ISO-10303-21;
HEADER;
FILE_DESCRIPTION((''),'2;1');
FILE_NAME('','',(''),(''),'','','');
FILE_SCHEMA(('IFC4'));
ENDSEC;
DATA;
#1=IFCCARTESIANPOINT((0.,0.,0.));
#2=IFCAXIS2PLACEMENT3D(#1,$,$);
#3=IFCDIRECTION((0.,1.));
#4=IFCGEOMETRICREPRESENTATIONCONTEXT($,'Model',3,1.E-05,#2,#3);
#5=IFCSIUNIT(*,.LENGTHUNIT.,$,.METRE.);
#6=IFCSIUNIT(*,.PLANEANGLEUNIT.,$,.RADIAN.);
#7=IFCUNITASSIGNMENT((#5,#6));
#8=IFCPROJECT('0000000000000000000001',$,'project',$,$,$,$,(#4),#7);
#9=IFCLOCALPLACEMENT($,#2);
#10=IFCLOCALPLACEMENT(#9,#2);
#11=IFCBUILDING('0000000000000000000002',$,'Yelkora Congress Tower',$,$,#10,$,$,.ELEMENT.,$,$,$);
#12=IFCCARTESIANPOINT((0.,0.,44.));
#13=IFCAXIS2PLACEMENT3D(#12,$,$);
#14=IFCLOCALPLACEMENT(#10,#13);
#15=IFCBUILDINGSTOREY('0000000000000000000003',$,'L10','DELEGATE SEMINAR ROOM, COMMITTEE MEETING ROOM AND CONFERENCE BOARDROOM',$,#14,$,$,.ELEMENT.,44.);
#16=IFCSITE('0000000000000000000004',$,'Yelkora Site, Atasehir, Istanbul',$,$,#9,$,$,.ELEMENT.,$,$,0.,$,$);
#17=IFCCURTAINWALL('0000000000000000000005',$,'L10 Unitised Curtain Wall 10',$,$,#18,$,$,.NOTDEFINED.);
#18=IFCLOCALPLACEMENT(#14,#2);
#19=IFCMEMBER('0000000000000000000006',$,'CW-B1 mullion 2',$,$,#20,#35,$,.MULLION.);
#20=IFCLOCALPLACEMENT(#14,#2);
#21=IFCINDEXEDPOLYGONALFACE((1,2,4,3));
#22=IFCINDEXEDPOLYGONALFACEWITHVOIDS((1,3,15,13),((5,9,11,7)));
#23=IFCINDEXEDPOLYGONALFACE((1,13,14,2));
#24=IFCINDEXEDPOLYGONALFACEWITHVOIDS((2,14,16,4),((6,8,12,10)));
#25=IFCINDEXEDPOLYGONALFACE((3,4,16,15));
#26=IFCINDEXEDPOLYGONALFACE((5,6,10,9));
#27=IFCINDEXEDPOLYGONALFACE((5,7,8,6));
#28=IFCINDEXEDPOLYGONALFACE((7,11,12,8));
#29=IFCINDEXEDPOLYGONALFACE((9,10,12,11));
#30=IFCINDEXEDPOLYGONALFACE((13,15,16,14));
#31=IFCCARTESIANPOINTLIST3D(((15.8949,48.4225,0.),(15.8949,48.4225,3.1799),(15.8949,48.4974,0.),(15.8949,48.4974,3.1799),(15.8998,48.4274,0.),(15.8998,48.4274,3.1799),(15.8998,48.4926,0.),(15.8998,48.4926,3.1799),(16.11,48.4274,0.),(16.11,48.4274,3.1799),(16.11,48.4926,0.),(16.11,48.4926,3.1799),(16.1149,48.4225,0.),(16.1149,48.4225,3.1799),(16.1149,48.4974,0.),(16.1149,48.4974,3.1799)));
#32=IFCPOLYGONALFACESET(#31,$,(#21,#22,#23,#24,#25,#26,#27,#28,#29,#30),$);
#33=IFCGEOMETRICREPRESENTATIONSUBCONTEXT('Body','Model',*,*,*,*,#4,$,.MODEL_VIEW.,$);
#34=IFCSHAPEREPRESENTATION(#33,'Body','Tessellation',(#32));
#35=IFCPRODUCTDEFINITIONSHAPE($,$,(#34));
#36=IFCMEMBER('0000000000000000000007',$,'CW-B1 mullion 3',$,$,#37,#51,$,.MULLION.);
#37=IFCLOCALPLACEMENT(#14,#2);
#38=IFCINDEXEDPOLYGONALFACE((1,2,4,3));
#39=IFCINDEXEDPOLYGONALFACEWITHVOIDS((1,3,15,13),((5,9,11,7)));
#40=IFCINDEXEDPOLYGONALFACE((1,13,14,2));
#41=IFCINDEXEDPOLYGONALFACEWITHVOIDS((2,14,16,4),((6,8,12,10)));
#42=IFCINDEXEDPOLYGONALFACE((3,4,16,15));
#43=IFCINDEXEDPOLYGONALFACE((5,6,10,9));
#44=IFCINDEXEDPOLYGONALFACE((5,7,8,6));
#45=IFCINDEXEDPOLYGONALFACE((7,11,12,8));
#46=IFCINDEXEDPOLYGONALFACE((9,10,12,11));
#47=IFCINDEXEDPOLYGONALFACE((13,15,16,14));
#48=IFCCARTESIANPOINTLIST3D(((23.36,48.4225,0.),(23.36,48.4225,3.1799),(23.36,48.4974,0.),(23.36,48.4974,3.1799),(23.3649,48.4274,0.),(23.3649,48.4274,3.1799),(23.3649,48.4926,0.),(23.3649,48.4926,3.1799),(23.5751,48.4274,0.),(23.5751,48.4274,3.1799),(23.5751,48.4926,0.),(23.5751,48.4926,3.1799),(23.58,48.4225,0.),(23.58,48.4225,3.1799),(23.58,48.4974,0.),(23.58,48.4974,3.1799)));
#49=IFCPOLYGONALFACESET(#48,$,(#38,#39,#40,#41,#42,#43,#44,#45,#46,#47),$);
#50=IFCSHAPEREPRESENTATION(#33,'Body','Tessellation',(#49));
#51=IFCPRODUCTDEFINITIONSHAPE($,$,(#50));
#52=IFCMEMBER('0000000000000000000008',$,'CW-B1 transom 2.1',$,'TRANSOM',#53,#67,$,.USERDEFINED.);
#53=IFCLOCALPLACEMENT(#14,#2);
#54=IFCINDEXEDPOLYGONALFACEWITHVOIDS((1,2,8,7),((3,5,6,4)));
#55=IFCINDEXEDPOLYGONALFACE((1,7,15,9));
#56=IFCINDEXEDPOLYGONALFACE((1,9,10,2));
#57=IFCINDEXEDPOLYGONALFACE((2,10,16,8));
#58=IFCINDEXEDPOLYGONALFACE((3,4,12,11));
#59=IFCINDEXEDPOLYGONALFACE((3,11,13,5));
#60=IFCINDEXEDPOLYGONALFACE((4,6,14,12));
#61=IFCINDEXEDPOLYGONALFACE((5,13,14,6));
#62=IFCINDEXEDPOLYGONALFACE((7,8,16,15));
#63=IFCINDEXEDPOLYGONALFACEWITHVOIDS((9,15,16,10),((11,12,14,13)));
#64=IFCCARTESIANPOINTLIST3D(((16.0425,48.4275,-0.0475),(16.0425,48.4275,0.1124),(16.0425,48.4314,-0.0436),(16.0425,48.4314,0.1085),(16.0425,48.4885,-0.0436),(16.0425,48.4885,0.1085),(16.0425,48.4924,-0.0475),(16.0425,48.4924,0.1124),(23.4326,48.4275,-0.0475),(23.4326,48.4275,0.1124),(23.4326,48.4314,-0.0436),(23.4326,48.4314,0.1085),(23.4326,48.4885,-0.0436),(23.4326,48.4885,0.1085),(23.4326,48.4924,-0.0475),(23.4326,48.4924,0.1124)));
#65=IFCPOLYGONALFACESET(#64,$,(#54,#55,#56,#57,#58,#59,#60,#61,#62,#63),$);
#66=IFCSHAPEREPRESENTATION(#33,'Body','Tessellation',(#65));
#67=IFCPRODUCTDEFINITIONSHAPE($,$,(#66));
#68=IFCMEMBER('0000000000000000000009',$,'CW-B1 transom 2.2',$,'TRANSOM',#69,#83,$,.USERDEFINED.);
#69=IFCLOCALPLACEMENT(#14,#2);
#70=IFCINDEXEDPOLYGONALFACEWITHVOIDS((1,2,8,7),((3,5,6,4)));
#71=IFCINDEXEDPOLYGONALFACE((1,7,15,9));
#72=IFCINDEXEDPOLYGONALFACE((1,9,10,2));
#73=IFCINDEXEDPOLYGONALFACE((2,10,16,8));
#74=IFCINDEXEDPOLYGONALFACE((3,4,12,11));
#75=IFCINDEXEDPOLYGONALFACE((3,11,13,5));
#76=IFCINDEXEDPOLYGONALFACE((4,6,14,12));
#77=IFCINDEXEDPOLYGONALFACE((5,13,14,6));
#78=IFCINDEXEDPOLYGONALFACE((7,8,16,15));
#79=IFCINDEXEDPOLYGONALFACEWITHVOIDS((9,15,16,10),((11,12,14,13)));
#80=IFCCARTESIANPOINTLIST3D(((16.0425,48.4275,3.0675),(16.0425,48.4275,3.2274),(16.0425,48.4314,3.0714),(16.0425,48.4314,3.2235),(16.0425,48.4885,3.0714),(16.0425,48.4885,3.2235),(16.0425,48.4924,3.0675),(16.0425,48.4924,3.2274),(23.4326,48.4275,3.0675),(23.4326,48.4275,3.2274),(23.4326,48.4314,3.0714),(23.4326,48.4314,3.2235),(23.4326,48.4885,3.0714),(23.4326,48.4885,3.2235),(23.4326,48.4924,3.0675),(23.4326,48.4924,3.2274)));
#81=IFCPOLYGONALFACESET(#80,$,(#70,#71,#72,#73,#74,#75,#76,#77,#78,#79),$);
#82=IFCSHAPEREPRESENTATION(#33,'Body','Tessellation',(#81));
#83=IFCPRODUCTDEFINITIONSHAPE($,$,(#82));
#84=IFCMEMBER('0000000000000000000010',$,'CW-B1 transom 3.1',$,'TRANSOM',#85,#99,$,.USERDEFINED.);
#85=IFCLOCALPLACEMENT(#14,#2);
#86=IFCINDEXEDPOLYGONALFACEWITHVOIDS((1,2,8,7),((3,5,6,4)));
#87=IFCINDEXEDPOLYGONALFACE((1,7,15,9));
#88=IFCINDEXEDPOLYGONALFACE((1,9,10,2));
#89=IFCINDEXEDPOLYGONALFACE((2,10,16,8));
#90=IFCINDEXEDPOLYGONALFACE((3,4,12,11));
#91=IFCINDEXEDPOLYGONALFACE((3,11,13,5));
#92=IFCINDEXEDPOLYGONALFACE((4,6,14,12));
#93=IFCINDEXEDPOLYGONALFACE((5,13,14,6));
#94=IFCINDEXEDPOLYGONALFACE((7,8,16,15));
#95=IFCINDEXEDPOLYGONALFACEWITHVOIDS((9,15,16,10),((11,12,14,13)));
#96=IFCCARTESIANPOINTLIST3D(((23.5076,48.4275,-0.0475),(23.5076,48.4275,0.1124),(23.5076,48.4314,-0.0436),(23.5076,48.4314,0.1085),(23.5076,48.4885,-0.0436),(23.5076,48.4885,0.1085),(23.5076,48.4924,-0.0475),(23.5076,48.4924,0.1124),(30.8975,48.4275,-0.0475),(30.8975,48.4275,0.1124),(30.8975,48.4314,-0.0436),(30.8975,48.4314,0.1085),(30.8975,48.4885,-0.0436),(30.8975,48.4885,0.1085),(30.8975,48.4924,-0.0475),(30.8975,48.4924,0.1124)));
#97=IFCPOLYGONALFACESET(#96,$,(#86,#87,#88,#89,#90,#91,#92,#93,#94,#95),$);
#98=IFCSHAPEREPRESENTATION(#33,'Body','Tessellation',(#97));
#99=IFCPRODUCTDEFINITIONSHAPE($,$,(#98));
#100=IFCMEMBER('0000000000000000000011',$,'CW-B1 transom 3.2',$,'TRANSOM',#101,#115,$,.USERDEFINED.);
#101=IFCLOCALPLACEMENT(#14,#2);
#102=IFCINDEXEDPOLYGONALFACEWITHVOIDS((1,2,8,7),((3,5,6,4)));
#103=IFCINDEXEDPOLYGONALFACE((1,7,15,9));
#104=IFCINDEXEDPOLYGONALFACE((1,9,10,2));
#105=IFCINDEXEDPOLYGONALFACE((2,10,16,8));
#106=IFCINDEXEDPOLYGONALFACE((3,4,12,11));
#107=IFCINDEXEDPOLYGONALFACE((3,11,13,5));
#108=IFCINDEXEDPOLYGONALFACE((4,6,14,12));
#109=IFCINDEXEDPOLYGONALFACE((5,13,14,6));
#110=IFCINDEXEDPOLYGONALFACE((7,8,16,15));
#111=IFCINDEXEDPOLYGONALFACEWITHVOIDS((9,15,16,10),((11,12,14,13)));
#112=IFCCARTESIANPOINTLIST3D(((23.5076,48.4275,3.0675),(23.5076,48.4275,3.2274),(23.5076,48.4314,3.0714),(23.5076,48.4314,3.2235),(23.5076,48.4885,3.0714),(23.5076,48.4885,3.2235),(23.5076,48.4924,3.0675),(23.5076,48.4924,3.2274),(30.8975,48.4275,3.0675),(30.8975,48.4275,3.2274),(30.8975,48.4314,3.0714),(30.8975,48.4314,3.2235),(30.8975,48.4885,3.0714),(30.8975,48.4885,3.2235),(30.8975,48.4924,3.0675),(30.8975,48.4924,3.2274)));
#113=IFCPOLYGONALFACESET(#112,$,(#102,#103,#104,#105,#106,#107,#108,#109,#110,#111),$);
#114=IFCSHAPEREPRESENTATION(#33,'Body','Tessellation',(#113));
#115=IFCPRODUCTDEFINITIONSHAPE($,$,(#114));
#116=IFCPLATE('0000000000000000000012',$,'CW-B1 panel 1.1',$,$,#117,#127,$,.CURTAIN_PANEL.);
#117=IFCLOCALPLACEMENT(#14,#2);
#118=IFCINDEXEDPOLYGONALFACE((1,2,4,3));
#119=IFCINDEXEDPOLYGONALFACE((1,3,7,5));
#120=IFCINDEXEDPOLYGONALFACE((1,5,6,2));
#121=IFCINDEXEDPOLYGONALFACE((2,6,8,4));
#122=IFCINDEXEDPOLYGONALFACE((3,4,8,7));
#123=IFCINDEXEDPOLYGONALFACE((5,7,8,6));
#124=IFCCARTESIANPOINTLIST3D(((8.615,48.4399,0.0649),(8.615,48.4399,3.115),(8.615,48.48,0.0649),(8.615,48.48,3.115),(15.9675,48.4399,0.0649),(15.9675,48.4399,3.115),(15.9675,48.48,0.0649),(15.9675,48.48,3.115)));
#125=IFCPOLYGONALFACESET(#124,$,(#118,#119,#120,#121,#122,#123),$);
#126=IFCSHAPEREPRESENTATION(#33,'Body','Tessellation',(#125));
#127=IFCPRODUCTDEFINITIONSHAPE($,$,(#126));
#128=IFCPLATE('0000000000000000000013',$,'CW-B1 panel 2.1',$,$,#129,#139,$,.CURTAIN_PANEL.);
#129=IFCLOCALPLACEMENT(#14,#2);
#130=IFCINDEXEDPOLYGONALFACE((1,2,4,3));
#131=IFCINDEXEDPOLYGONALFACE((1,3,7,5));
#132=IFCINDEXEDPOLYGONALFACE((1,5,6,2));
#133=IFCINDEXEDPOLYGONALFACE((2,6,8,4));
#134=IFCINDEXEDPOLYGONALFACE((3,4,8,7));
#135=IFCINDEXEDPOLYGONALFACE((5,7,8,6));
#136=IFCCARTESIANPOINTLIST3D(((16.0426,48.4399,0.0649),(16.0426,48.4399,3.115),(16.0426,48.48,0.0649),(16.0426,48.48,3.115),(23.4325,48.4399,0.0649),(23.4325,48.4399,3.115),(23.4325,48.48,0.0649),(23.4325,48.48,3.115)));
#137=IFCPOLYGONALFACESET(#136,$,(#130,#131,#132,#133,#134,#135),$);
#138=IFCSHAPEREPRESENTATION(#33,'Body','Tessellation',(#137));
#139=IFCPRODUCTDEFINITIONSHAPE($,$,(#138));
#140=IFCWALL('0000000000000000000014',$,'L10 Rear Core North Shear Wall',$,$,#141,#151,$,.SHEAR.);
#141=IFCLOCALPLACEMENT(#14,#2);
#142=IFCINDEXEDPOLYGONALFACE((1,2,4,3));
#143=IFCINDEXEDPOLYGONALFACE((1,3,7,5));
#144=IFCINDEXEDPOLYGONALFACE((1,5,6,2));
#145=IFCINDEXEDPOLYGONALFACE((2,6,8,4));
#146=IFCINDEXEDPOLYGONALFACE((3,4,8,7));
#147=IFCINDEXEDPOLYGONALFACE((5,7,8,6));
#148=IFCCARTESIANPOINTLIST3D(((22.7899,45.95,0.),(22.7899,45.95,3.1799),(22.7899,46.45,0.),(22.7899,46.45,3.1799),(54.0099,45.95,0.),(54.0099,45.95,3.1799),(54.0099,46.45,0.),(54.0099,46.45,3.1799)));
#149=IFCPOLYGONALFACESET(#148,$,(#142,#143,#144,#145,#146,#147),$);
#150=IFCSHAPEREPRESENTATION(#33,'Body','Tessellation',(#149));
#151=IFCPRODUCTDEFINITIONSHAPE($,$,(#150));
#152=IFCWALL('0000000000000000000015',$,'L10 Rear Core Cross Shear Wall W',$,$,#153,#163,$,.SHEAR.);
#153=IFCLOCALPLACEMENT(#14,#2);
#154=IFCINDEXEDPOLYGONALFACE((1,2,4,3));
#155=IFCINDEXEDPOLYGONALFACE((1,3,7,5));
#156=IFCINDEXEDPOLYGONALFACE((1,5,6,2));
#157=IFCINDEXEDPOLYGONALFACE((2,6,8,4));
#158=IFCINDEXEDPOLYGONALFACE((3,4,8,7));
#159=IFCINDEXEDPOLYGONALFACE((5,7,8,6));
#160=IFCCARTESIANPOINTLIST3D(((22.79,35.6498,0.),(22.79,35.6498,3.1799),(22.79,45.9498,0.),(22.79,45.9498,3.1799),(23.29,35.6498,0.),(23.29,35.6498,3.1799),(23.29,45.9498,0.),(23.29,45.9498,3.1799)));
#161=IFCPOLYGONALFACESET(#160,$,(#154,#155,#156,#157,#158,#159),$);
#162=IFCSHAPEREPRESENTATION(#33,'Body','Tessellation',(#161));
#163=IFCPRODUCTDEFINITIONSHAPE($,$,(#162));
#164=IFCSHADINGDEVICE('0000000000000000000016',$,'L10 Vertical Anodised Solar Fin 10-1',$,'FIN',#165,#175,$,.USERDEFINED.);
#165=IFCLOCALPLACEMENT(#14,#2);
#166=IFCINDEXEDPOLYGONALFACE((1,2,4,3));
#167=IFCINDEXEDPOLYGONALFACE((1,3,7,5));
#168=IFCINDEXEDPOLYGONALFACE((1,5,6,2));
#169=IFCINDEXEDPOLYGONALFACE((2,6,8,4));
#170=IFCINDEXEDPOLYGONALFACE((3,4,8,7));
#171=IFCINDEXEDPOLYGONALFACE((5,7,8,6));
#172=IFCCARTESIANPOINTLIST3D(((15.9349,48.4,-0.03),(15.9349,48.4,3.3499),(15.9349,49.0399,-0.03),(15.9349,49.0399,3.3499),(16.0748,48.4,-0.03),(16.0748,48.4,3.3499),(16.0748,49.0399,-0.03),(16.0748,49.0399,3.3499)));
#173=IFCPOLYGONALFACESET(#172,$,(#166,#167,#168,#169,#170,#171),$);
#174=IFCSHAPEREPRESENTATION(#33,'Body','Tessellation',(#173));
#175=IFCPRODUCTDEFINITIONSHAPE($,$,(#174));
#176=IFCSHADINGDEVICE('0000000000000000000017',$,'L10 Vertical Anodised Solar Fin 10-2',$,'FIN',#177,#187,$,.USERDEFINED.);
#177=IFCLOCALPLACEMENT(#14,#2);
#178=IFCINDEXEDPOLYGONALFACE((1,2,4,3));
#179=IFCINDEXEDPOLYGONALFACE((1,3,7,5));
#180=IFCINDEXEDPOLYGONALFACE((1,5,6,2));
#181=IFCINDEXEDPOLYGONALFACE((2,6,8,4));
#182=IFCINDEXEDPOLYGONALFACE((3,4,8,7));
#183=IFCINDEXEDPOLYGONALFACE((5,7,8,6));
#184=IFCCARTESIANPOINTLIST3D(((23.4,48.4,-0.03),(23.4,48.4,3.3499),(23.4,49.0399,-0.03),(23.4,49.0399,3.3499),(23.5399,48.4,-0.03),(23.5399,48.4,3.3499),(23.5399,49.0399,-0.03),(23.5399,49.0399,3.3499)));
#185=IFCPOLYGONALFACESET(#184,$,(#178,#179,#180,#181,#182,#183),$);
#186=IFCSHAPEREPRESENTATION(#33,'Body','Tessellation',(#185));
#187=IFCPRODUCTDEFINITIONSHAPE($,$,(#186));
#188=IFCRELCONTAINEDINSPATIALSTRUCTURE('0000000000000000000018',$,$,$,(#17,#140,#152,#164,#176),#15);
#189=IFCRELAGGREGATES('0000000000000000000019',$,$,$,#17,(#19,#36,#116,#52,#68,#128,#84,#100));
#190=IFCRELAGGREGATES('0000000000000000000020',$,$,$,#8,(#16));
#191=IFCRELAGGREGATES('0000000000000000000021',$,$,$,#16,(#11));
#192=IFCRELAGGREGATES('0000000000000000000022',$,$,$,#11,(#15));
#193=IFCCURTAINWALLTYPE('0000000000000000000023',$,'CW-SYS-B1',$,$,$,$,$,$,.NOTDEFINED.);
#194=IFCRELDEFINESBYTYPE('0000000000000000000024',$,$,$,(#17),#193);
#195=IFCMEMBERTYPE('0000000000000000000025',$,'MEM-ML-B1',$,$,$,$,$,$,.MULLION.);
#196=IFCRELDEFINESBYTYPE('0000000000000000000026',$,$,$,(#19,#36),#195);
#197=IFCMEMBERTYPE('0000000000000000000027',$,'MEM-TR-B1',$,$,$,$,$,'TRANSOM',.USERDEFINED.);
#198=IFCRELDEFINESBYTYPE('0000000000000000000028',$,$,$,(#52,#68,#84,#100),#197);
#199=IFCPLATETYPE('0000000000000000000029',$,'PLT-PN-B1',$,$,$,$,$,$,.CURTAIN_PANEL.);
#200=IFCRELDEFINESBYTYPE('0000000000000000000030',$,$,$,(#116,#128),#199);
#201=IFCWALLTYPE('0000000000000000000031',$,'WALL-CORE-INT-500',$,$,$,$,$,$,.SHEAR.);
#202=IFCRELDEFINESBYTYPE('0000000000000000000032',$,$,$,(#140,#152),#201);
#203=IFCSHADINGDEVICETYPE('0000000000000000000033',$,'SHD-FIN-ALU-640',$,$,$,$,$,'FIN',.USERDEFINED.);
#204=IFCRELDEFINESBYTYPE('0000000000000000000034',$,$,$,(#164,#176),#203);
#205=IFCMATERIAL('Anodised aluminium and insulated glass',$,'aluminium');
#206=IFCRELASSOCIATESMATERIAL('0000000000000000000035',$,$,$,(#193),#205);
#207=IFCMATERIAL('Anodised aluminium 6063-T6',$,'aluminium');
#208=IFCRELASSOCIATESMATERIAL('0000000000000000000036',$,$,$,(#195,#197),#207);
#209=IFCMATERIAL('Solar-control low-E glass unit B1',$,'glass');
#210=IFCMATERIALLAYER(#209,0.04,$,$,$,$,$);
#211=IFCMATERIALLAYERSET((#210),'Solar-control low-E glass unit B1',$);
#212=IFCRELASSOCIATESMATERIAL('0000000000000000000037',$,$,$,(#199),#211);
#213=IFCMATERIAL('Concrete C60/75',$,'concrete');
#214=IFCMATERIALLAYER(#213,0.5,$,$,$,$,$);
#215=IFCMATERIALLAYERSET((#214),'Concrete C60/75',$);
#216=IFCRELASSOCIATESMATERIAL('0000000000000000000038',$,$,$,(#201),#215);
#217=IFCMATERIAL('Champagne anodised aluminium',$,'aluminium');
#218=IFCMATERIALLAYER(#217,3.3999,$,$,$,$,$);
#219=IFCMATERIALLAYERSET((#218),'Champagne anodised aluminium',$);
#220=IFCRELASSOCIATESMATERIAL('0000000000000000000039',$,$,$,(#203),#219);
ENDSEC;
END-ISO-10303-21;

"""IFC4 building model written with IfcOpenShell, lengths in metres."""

from ifc_helpers import new_model, si_unit, direction, frame, frame_2d, origin, origin_2d, place, context, subcontext, project, spatial, rectangle, hollow_rectangle, extrude, material, layer, layer_set, material_profile, profile_set, type_object, element, aggregate, save


model = new_model("IFC4")

# Units and contexts
model_context = context("Model", 3, precision=1e-05, world=origin(), true_north=direction((0.0, 1.0)))
body_context = subcontext(model_context, "Body", "Model", "MODEL_VIEW")
ifc_project = project(units=[si_unit("LENGTHUNIT", "METRE"), si_unit("PLANEANGLEUNIT", "RADIAN")], contexts=[model_context])

# Site, building, storey
site_placement = place(None, origin())
site = spatial("IfcSite", under=ifc_project, at=site_placement, Name="Yelkora Site, Atasehir, Istanbul", CompositionType="ELEMENT", RefElevation=0.0)
building_placement = place(site_placement, origin())
building = spatial("IfcBuilding", under=site, at=building_placement, Name="Yelkora Congress Tower", CompositionType="ELEMENT")
storey_placement = place(building_placement, frame((0.0, 0.0, 44.0)))
storey = spatial("IfcBuildingStorey", under=building, at=storey_placement, Name="L10", Description="DELEGATE SEMINAR ROOM, COMMITTEE MEETING ROOM AND CONFERENCE BOARDROOM", CompositionType="ELEMENT", Elevation=44.0)

# Shared definitions
ifc_material_1 = material(Name="Concrete C60/75", Category="concrete")

# Curtain wall, members, plates
ifc_material_2 = material(Name="Anodised aluminium and insulated glass", Category="aluminium")
curtain_wall_type = type_object("IfcCurtainWallType", Name="CW-SYS-B1", PredefinedType="NOTDEFINED", material=ifc_material_2)
curtain_wall_placement = place(storey_placement, origin())
curtain_wall = element("IfcCurtainWall", 1, at=curtain_wall_placement, inside=storey, type_object=curtain_wall_type, Name="L10 Unitised Curtain Wall 10", PredefinedType="NOTDEFINED")
ifc_material_3 = material(Name="Anodised aluminium 6063-T6", Category="aluminium")
ifc_material_profile_1 = material_profile(ifc_material_3, hollow_rectangle(XDim=0.075, YDim=0.22, WallThickness=0.0049, at=origin_2d()), Name="ALU 75x220x5")
ifc_profile_set_1 = profile_set([ifc_material_profile_1], Name="Anodised aluminium 6063-T6")
member_type_1 = type_object("IfcMemberType", Name="MEM-ML-B1", PredefinedType="MULLION", material=ifc_profile_set_1)
member_1_placement = place(storey_placement, frame((16.0049, 48.46, 0.0), z_axis=(0.0, 0.0, 1.0), x_axis=(0.0, 1.0, 0.0)))
member_1 = element("IfcMember", 2, at=member_1_placement, type_object=member_type_1, Name="CW-B1 mullion 2", PredefinedType="MULLION", context=body_context, shape_type="SweptSolid", body=[
    extrude(hollow_rectangle(XDim=0.075, YDim=0.22, WallThickness=0.0049, at=origin_2d()), origin(), (0.0, 0.0, 1.0), 3.1799),
])
member_2_placement = place(storey_placement, frame((23.47, 48.46, 0.0), z_axis=(0.0, 0.0, 1.0), x_axis=(0.0, 1.0, 0.0)))
member_2 = element("IfcMember", 3, at=member_2_placement, type_object=member_type_1, Name="CW-B1 mullion 3", PredefinedType="MULLION", context=body_context, shape_type="SweptSolid", body=[
    extrude(hollow_rectangle(XDim=0.075, YDim=0.22, WallThickness=0.0049, at=origin_2d()), origin(), (0.0, 0.0, 1.0), 3.1799),
])
ifc_material_profile_2 = material_profile(ifc_material_3, hollow_rectangle(XDim=0.0649, YDim=0.1599, WallThickness=0.0039, at=origin_2d()), Name="ALU 65x160x4")
ifc_profile_set_2 = profile_set([ifc_material_profile_2], Name="Anodised aluminium 6063-T6")
member_type_2 = type_object("IfcMemberType", Name="MEM-TR-B1", ElementType="TRANSOM", PredefinedType="USERDEFINED", material=ifc_profile_set_2)
member_3_placement = place(storey_placement, frame((16.0425, 48.46, 0.0325), z_axis=(1.0, 0.0, 0.0), x_axis=(0.0, 1.0, 0.0)))
member_3 = element("IfcMember", 4, at=member_3_placement, type_object=member_type_2, Name="CW-B1 transom 2.1", ObjectType="TRANSOM", PredefinedType="USERDEFINED", context=body_context, shape_type="SweptSolid", body=[
    extrude(hollow_rectangle(XDim=0.0649, YDim=0.1599, WallThickness=0.0039, at=origin_2d()), origin(), (0.0, 0.0, 1.0), 7.3901),
])
member_4_placement = place(storey_placement, frame((16.0425, 48.46, 3.1475), z_axis=(1.0, 0.0, 0.0), x_axis=(0.0, 1.0, 0.0)))
member_4 = element("IfcMember", 5, at=member_4_placement, type_object=member_type_2, Name="CW-B1 transom 2.2", ObjectType="TRANSOM", PredefinedType="USERDEFINED", context=body_context, shape_type="SweptSolid", body=[
    extrude(hollow_rectangle(XDim=0.0649, YDim=0.1599, WallThickness=0.0039, at=origin_2d()), origin(), (0.0, 0.0, 1.0), 7.3901),
])
member_5_placement = place(storey_placement, frame((23.5076, 48.46, 0.0325), z_axis=(1.0, 0.0, 0.0), x_axis=(0.0, 1.0, 0.0)))
member_5 = element("IfcMember", 6, at=member_5_placement, type_object=member_type_2, Name="CW-B1 transom 3.1", ObjectType="TRANSOM", PredefinedType="USERDEFINED", context=body_context, shape_type="SweptSolid", body=[
    extrude(hollow_rectangle(XDim=0.0649, YDim=0.1599, WallThickness=0.0039, at=origin_2d()), origin(), (0.0, 0.0, 1.0), 7.3899),
])
member_6_placement = place(storey_placement, frame((23.5076, 48.46, 3.1475), z_axis=(1.0, 0.0, 0.0), x_axis=(0.0, 1.0, 0.0)))
member_6 = element("IfcMember", 7, at=member_6_placement, type_object=member_type_2, Name="CW-B1 transom 3.2", ObjectType="TRANSOM", PredefinedType="USERDEFINED", context=body_context, shape_type="SweptSolid", body=[
    extrude(hollow_rectangle(XDim=0.0649, YDim=0.1599, WallThickness=0.0039, at=origin_2d()), origin(), (0.0, 0.0, 1.0), 7.3899),
])
ifc_material_4 = material(Name="Solar-control low-E glass unit B1", Category="glass")
ifc_layer_1 = layer(ifc_material_4, 0.04)
ifc_layer_set_1 = layer_set([ifc_layer_1], Name="Solar-control low-E glass unit B1")
plate_type = type_object("IfcPlateType", Name="PLT-PN-B1", PredefinedType="CURTAIN_PANEL", material=ifc_layer_set_1)
plate_1_placement = place(storey_placement, frame((12.2913, 48.46, 0.0649), z_axis=(0.0, 0.0, 1.0), x_axis=(1.0, 0.0, 0.0)))
plate_1 = element("IfcPlate", 8, at=plate_1_placement, type_object=plate_type, Name="CW-B1 panel 1.1", PredefinedType="CURTAIN_PANEL", context=body_context, shape_type="SweptSolid", body=[
    extrude(rectangle(XDim=7.3525, YDim=0.04, at=origin_2d()), origin(), (0.0, 0.0, 1.0), 3.05),
])
plate_2_placement = place(storey_placement, frame((19.7375, 48.46, 0.0649), z_axis=(0.0, 0.0, 1.0), x_axis=(1.0, 0.0, 0.0)))
plate_2 = element("IfcPlate", 9, at=plate_2_placement, type_object=plate_type, Name="CW-B1 panel 2.1", PredefinedType="CURTAIN_PANEL", context=body_context, shape_type="SweptSolid", body=[
    extrude(rectangle(XDim=7.3899, YDim=0.04, at=origin_2d()), origin(), (0.0, 0.0, 1.0), 3.05),
])
aggregate(curtain_wall, [member_1, member_2, plate_1, member_3, member_4, plate_2, member_5, member_6])

# Walls
ifc_layer_2 = layer(ifc_material_1, 0.5)
ifc_layer_set_2 = layer_set([ifc_layer_2], Name="Concrete C60/75")
wall_type_1 = type_object("IfcWallType", Name="WALL-CORE-INT-500", PredefinedType="SHEAR", material=ifc_layer_set_2)
wall_1_placement = place(storey_placement, frame((22.79, 46.2, 0.0), z_axis=(0.0, 0.0, 1.0), x_axis=(1.0, 0.0, 0.0)))
element("IfcWall", 10, at=wall_1_placement, inside=storey, type_object=wall_type_1, Name="L10 Rear Core North Shear Wall", PredefinedType="SHEAR", context=body_context, shape_type="SweptSolid", body=[
    extrude(rectangle(XDim=31.22, YDim=0.5, at=frame_2d((15.6099, 0.0))), origin(), (0.0, 0.0, 1.0), 3.1799),
])
wall_2_placement = place(storey_placement, frame((23.04, 35.6499, 0.0), z_axis=(0.0, 0.0, 1.0), x_axis=(0.0, 1.0, 0.0)))
element("IfcWall", 11, at=wall_2_placement, inside=storey, type_object=wall_type_1, Name="L10 Rear Core Cross Shear Wall W", PredefinedType="SHEAR", context=body_context, shape_type="SweptSolid", body=[
    extrude(rectangle(XDim=10.3, YDim=0.5, at=frame_2d((5.1499, 0.0))), origin(), (0.0, 0.0, 1.0), 3.1799),
])

# Shading devices
ifc_material_5 = material(Name="Champagne anodised aluminium", Category="aluminium")
ifc_layer_3 = layer(ifc_material_5, 3.3999)
ifc_layer_set_3 = layer_set([ifc_layer_3], Name="Champagne anodised aluminium")
shading_device_type = type_object("IfcShadingDeviceType", Name="SHD-FIN-ALU-640", ElementType="FIN", PredefinedType="USERDEFINED", material=ifc_layer_set_3)
for number, where, z_axis, x_axis, name in (
    (12, (16.0049, 48.72, -0.03), (0.0, 0.0, 1.0), (1.0, 0.0, 0.0), "L10 Vertical Anodised Solar Fin 10-1"),
    (13, (23.47, 48.72, -0.03), (0.0, 0.0, 1.0), (1.0, 0.0, 0.0), "L10 Vertical Anodised Solar Fin 10-2"),
):
    element("IfcShadingDevice", number, at=place(storey_placement, frame(where, z_axis=z_axis, x_axis=x_axis)), inside=storey, type_object=shading_device_type, Name=name, ObjectType="FIN", PredefinedType="USERDEFINED", context=body_context, shape_type="SweptSolid", body=[
        extrude(rectangle(XDim=0.1399, YDim=0.6399, at=origin_2d()), origin(), (0.0, 0.0, 1.0), 3.3799),
    ])

save(model, "model.ifc")
